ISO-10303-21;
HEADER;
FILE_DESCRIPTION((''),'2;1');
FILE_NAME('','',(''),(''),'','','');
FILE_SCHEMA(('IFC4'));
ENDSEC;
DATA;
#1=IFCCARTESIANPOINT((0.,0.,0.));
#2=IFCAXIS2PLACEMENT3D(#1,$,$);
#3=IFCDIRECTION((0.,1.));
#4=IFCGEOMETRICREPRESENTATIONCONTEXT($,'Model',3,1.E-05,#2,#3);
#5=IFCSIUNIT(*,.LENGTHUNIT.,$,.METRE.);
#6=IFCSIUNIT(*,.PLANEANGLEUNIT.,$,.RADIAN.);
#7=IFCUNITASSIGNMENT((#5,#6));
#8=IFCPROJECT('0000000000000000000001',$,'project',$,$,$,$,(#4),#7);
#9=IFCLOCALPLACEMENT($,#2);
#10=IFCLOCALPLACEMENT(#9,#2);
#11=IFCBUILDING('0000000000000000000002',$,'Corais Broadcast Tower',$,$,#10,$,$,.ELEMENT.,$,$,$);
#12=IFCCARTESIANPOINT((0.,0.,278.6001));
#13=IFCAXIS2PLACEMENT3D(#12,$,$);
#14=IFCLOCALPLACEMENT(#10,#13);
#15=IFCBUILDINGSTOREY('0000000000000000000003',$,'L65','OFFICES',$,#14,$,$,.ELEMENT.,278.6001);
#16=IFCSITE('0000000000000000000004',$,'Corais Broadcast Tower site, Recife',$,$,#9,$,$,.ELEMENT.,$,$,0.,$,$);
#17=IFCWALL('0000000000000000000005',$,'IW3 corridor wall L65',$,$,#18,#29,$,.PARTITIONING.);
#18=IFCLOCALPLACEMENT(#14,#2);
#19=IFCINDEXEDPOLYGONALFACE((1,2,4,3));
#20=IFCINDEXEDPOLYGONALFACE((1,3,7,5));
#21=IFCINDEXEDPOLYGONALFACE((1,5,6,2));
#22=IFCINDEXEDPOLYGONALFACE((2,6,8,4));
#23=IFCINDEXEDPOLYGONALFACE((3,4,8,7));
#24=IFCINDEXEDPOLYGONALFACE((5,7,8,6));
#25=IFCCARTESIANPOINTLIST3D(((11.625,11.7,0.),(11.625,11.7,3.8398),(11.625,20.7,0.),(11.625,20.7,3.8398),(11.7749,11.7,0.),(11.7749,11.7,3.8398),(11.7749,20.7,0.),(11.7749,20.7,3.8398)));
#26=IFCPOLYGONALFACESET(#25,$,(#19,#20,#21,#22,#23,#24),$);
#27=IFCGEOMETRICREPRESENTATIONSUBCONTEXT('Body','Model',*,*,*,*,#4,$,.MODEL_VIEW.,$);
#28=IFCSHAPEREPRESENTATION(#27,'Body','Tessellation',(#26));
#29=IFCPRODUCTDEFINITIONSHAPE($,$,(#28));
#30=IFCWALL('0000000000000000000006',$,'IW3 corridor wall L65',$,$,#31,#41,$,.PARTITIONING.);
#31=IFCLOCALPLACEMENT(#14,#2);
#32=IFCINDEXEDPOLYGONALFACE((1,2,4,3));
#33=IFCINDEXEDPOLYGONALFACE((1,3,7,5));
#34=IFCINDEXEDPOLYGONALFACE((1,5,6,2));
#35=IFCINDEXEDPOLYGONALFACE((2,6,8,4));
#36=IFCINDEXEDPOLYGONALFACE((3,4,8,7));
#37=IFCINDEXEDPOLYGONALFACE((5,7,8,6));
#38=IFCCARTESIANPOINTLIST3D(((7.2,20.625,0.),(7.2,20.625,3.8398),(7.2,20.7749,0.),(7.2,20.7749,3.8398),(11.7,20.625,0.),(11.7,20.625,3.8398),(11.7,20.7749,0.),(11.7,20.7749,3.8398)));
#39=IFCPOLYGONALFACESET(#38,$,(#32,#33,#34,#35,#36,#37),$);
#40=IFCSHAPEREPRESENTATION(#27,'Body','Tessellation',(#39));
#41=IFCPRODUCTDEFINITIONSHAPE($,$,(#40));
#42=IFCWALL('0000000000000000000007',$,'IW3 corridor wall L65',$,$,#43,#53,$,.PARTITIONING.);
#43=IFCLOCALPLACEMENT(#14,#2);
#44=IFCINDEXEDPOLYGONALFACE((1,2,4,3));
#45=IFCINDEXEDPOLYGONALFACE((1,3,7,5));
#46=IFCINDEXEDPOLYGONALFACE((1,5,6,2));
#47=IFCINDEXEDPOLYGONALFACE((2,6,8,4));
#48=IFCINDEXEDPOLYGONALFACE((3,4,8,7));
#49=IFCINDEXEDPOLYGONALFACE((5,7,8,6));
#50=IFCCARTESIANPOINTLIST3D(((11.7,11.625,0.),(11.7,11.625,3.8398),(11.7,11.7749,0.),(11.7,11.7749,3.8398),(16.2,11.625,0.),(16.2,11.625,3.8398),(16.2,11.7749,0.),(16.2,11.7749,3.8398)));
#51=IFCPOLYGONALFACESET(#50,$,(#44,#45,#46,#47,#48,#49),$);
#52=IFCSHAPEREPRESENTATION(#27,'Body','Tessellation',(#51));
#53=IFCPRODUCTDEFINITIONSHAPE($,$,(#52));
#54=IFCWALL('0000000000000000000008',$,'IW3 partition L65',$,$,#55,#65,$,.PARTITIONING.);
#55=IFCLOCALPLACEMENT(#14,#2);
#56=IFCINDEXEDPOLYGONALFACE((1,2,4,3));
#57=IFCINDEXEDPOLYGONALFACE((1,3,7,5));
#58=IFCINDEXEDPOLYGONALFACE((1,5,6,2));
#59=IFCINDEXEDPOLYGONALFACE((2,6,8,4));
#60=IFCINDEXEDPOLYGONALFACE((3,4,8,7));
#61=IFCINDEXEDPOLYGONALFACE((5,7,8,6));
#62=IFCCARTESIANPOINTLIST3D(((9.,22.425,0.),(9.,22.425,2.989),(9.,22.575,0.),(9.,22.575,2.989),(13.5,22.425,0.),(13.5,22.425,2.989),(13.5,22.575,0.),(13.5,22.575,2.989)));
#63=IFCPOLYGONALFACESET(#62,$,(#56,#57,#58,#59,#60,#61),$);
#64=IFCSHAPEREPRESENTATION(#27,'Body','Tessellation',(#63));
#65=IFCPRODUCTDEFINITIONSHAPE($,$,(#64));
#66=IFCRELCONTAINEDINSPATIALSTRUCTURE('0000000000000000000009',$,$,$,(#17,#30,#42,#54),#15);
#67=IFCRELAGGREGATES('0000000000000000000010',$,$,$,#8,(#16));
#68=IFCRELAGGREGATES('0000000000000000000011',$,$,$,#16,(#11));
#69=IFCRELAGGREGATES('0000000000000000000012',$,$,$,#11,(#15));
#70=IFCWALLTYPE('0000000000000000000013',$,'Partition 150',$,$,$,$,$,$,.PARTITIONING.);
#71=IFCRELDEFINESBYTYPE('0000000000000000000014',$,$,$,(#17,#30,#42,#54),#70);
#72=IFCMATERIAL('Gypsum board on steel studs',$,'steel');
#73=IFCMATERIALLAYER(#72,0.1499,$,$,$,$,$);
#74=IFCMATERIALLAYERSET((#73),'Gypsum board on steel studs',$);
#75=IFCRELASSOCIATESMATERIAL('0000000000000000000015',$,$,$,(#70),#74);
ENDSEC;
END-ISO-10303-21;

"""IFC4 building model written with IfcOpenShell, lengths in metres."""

from ifc_helpers import new_model, si_unit, direction, frame, frame_2d, origin, place, context, subcontext, project, spatial, rectangle, extrude, material, layer, layer_set, type_object, element, save


model = new_model("IFC4")

# Units and contexts
model_context = context("Model", 3, precision=1e-05, world=origin(), true_north=direction((0.0, 1.0)))
body_context = subcontext(model_context, "Body", "Model", "MODEL_VIEW")
ifc_project = project(units=[si_unit("LENGTHUNIT", "METRE"), si_unit("PLANEANGLEUNIT", "RADIAN")], contexts=[model_context])

# Site, building, storey
site_placement = place(None, origin())
site = spatial("IfcSite", under=ifc_project, at=site_placement, Name="Corais Broadcast Tower site, Recife", CompositionType="ELEMENT", RefElevation=0.0)
building_placement = place(site_placement, origin())
building = spatial("IfcBuilding", under=site, at=building_placement, Name="Corais Broadcast Tower", CompositionType="ELEMENT")
storey_placement = place(building_placement, frame((0.0, 0.0, 278.6001)))
storey = spatial("IfcBuildingStorey", under=building, at=storey_placement, Name="L65", Description="OFFICES", CompositionType="ELEMENT", Elevation=278.6001)

# Walls
ifc_material_1 = material(Name="Gypsum board on steel studs", Category="steel")
ifc_layer_1 = layer(ifc_material_1, 0.1499)
ifc_layer_set_1 = layer_set([ifc_layer_1], Name="Gypsum board on steel studs")
wall_type_1 = type_object("IfcWallType", Name="Partition 150", PredefinedType="PARTITIONING", material=ifc_layer_set_1)
wall_1_placement = place(storey_placement, frame((11.7, 20.7, 0.0), z_axis=(0.0, 0.0, 1.0), x_axis=(0.0, -1.0, 0.0)))
element("IfcWall", 1, at=wall_1_placement, inside=storey, type_object=wall_type_1, Name="IW3 corridor wall L65", PredefinedType="PARTITIONING", context=body_context, shape_type="SweptSolid", body=[
    extrude(rectangle(XDim=9.0, YDim=0.1499, at=frame_2d((4.5, 0.0))), origin(), (0.0, 0.0, 1.0), 3.8398),
])
for number, where, z_axis, x_axis, name in (
    (2, (7.2, 20.7, 0.0), (0.0, 0.0, 1.0), (1.0, 0.0, 0.0), "IW3 corridor wall L65"),
    (3, (11.7, 11.7, 0.0), (0.0, 0.0, 1.0), (1.0, 0.0, 0.0), "IW3 corridor wall L65"),
):
    element("IfcWall", number, at=place(storey_placement, frame(where, z_axis=z_axis, x_axis=x_axis)), inside=storey, type_object=wall_type_1, Name=name, PredefinedType="PARTITIONING", context=body_context, shape_type="SweptSolid", body=[
        extrude(rectangle(XDim=4.5, YDim=0.1499, at=frame_2d((2.25, 0.0))), origin(), (0.0, 0.0, 1.0), 3.8398),
    ])
wall_2_placement = place(storey_placement, frame((9.0, 22.5, 0.0), z_axis=(0.0, 0.0, 1.0), x_axis=(1.0, 0.0, 0.0)))
element("IfcWall", 4, at=wall_2_placement, inside=storey, type_object=wall_type_1, Name="IW3 partition L65", PredefinedType="PARTITIONING", context=body_context, shape_type="SweptSolid", body=[
    extrude(rectangle(XDim=4.5, YDim=0.1499, at=frame_2d((2.25, 0.0))), origin(), (0.0, 0.0, 1.0), 2.989),
])

save(model, "model.ifc")
